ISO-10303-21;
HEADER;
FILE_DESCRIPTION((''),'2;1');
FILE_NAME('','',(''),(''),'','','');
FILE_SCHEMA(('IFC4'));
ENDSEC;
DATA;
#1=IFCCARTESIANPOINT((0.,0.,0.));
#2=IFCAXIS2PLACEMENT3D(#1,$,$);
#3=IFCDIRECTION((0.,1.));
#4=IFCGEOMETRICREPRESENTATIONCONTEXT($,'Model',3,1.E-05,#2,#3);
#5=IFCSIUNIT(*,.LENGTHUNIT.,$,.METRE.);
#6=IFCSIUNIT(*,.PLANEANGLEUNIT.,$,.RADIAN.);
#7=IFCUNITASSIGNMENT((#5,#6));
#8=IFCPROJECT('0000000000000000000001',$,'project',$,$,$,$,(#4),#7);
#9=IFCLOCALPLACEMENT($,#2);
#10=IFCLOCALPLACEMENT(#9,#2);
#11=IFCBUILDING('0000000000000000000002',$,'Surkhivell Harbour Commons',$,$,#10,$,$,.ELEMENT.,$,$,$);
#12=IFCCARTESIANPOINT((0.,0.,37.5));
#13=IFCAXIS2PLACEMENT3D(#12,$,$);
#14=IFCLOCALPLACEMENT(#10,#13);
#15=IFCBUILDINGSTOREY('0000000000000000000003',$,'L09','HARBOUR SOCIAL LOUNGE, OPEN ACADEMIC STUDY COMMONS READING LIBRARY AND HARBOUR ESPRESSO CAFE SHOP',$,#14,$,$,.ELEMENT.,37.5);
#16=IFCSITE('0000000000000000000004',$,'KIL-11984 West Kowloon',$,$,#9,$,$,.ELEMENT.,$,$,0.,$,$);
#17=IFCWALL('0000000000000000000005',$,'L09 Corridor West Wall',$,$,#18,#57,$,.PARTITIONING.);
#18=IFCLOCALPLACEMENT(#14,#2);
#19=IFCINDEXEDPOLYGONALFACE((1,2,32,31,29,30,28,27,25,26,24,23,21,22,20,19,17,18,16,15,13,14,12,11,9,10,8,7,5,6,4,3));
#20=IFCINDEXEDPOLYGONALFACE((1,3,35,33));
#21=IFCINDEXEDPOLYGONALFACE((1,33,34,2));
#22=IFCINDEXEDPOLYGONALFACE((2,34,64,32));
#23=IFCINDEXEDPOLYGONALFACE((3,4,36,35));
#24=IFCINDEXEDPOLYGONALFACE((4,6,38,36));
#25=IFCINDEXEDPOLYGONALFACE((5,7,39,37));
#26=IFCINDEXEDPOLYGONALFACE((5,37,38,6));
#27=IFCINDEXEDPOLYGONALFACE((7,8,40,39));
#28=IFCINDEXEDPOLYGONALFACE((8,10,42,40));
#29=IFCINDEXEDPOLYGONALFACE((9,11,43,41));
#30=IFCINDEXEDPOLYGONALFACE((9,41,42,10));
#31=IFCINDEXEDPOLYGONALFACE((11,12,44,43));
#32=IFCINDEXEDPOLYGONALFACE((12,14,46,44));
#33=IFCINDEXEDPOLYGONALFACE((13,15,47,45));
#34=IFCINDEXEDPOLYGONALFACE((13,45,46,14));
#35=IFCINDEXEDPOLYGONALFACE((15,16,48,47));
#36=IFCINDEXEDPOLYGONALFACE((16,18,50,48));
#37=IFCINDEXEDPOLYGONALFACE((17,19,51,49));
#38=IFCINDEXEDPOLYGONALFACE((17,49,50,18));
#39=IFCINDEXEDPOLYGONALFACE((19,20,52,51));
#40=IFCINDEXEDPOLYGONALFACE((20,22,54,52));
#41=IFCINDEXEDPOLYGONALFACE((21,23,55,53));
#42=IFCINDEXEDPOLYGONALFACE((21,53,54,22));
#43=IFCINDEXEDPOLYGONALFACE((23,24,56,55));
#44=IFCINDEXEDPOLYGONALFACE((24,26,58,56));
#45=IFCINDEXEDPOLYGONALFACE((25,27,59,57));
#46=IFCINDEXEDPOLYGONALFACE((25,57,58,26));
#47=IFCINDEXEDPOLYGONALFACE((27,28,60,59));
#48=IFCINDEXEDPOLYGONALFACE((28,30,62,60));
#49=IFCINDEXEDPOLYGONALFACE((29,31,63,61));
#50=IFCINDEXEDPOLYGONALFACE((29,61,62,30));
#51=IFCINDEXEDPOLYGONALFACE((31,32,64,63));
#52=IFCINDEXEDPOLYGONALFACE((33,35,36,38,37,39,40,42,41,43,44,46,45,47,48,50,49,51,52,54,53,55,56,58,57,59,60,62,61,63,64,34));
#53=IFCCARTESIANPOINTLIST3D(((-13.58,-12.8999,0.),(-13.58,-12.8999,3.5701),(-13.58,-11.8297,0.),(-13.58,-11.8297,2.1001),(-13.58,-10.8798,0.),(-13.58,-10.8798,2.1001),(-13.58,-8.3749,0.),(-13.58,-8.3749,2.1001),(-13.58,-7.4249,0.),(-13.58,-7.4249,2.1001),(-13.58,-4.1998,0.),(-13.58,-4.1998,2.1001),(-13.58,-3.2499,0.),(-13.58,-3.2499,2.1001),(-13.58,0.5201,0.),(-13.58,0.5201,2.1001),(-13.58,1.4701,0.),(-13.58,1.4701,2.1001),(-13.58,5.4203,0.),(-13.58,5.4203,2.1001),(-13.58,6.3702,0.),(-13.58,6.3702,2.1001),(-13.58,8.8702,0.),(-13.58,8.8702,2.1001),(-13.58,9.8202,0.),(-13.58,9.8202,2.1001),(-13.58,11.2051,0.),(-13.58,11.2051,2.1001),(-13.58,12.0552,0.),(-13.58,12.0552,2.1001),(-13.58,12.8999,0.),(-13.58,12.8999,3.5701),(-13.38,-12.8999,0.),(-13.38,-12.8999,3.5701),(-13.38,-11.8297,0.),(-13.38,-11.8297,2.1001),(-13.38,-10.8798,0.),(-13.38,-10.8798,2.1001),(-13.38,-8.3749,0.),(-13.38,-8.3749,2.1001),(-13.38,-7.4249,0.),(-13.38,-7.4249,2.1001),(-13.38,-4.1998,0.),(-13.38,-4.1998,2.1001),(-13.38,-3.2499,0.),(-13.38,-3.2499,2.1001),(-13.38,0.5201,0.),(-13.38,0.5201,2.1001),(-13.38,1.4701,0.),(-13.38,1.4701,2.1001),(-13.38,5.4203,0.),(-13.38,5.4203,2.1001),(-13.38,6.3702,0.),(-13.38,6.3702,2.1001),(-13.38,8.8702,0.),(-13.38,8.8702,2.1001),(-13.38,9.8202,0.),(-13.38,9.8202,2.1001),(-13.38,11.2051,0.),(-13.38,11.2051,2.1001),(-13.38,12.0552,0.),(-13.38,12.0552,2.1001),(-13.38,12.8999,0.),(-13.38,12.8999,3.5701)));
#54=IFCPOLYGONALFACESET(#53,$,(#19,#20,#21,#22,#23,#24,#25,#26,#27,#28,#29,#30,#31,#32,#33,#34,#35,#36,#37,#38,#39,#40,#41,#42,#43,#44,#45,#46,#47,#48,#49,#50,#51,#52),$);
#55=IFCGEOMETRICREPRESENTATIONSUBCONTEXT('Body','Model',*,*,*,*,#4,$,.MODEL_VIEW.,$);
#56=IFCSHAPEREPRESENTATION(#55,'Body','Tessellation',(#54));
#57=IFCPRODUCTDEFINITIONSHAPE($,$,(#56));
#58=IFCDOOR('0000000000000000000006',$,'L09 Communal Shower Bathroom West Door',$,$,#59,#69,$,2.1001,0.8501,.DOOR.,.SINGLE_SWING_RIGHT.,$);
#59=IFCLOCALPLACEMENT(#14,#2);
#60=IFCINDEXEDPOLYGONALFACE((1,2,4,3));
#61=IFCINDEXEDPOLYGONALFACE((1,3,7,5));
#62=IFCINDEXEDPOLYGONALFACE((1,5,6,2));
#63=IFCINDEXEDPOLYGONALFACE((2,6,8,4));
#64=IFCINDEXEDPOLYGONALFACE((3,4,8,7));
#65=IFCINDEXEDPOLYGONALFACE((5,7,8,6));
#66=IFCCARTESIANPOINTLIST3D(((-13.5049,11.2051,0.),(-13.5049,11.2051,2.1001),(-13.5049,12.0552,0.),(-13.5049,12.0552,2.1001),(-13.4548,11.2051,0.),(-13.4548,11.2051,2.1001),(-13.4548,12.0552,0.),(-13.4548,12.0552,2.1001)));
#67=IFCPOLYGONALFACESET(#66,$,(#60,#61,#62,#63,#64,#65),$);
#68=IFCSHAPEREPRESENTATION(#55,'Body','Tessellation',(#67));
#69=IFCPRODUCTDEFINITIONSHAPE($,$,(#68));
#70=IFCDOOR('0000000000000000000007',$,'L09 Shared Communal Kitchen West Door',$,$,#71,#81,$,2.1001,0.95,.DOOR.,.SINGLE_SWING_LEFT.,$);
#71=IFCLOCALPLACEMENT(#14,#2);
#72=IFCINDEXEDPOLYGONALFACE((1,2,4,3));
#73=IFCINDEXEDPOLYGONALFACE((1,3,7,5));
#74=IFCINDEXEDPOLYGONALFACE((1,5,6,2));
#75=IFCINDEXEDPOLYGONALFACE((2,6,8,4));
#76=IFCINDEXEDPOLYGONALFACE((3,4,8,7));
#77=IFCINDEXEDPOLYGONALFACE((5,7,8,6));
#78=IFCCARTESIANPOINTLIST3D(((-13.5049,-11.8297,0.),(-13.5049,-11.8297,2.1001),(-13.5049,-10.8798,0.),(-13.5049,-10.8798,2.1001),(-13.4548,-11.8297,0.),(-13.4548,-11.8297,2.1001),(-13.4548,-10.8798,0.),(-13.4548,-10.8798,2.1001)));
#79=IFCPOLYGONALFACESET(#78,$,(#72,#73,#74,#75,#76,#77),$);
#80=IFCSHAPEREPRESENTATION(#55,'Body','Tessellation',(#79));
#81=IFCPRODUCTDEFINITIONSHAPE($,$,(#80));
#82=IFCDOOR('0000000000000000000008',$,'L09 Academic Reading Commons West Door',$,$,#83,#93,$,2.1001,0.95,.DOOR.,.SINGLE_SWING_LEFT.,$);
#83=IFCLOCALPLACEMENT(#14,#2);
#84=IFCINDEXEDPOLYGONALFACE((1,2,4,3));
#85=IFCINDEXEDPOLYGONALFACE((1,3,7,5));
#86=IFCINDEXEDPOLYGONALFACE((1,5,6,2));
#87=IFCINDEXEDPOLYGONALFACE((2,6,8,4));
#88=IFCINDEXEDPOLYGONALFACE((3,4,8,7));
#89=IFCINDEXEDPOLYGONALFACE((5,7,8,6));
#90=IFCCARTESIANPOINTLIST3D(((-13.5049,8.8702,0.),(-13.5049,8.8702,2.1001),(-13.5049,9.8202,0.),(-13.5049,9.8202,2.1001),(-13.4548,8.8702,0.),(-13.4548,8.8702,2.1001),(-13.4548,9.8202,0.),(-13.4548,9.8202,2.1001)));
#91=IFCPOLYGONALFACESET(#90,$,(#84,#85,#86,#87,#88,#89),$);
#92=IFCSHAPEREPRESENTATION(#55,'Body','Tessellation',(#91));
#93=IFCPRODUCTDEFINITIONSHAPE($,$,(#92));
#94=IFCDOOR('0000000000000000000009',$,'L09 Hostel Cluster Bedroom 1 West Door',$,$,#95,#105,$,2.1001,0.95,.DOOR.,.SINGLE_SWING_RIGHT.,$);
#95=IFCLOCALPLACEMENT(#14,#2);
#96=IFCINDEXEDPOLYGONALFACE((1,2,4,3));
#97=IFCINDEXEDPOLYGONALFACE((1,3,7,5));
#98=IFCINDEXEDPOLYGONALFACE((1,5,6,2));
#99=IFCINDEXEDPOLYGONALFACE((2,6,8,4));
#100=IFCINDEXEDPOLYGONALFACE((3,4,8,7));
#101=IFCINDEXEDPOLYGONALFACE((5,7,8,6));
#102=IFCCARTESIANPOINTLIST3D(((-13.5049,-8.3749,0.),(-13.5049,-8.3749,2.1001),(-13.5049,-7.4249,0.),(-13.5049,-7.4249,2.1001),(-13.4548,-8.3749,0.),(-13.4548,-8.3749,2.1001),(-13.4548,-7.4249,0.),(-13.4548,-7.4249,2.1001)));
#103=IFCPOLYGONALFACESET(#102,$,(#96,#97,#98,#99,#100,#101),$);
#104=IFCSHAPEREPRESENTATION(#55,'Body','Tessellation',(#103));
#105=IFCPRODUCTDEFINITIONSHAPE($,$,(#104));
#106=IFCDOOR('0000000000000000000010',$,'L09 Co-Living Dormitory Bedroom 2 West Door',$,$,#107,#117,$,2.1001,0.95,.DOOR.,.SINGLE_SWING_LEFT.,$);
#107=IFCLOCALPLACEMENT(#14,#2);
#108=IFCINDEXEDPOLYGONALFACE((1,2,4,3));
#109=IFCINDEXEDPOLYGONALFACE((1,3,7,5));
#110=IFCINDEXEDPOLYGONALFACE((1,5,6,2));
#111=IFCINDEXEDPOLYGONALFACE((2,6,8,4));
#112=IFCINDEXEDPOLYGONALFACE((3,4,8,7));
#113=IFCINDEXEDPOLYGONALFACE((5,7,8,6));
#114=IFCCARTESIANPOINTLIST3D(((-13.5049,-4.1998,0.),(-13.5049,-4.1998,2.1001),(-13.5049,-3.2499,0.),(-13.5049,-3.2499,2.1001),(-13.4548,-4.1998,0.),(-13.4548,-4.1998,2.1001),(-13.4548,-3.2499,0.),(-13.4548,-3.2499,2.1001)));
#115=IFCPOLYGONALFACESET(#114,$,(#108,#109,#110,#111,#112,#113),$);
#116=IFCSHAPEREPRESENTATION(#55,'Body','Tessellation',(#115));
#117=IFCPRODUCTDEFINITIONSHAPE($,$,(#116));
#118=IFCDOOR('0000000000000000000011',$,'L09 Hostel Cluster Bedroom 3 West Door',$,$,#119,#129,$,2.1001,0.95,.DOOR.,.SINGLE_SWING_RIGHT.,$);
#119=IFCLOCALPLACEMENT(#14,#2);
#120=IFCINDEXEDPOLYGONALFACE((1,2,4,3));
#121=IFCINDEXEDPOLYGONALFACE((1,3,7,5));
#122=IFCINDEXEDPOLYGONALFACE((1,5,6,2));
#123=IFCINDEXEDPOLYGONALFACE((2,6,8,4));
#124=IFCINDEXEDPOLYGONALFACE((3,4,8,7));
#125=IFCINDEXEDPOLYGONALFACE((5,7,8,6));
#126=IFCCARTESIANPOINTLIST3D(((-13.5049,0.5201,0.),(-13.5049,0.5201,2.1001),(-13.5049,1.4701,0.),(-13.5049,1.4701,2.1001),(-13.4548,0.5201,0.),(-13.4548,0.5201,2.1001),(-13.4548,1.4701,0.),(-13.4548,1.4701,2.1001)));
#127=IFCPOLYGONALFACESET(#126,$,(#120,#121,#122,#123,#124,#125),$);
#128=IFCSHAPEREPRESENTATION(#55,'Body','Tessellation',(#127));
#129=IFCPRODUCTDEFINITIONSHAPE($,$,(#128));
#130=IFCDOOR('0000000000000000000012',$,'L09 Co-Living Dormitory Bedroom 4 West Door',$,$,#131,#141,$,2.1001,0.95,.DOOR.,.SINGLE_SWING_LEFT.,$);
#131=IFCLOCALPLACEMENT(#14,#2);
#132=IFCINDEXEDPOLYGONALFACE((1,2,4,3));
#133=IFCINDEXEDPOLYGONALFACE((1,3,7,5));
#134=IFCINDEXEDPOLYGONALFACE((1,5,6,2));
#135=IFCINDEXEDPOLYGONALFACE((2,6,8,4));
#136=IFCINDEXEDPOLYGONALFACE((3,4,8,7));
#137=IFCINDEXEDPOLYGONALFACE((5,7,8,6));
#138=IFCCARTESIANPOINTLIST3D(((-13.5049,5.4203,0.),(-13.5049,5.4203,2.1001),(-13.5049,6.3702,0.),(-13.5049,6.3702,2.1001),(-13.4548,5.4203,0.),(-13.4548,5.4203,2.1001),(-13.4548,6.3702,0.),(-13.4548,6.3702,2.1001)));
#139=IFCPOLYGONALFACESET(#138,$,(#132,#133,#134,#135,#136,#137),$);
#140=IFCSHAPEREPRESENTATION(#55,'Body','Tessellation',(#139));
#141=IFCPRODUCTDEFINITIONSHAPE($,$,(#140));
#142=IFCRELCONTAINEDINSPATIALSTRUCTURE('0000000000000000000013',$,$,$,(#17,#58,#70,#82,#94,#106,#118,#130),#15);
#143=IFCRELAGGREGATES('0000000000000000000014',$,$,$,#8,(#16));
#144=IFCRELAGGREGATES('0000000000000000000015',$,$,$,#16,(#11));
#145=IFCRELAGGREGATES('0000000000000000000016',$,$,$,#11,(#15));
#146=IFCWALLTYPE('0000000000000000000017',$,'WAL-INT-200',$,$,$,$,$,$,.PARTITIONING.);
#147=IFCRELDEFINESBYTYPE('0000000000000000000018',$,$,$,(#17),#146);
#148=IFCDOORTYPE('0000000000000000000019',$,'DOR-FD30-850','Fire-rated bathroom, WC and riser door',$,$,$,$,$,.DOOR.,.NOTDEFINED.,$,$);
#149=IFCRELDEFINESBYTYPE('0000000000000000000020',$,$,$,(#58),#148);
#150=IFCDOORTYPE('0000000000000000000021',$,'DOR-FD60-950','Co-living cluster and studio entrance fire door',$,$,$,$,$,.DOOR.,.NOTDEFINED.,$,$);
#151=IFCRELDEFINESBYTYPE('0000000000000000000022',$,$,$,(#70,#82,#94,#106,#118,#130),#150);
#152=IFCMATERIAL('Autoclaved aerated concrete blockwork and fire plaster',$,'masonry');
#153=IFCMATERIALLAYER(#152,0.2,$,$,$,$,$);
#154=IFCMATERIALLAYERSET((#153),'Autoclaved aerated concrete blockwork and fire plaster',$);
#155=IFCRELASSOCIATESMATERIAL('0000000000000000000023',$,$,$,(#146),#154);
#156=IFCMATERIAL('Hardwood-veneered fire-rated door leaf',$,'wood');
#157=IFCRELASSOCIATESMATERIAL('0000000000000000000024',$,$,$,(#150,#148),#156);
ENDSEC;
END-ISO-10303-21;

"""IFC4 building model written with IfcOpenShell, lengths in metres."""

from ifc_helpers import new_model, si_unit, direction, frame, frame_2d, origin, place, context, subcontext, project, spatial, rectangle, extrude, material, layer, layer_set, type_object, element, fill, save


model = new_model("IFC4")

# Units and contexts
model_context = context("Model", 3, precision=1e-05, world=origin(), true_north=direction((0.0, 1.0)))
body_context = subcontext(model_context, "Body", "Model", "MODEL_VIEW")
ifc_project = project(units=[si_unit("LENGTHUNIT", "METRE"), si_unit("PLANEANGLEUNIT", "RADIAN")], contexts=[model_context])

# Site, building, storey
site_placement = place(None, origin())
site = spatial("IfcSite", under=ifc_project, at=site_placement, Name="KIL-11984 West Kowloon", CompositionType="ELEMENT", RefElevation=0.0)
building_placement = place(site_placement, origin())
building = spatial("IfcBuilding", under=site, at=building_placement, Name="Surkhivell Harbour Commons", CompositionType="ELEMENT")
storey_placement = place(building_placement, frame((0.0, 0.0, 37.5)))
storey = spatial("IfcBuildingStorey", under=building, at=storey_placement, Name="L09", Description="HARBOUR SOCIAL LOUNGE, OPEN ACADEMIC STUDY COMMONS READING LIBRARY AND HARBOUR ESPRESSO CAFE SHOP", CompositionType="ELEMENT", Elevation=37.5)

# Shared definitions
ifc_material_1 = material(Name="Autoclaved aerated concrete blockwork and fire plaster", Category="masonry")
ifc_layer_1 = layer(ifc_material_1, 0.2)
ifc_layer_set_1 = layer_set([ifc_layer_1], Name="Autoclaved aerated concrete blockwork and fire plaster")
wall_type_1 = type_object("IfcWallType", Name="WAL-INT-200", PredefinedType="PARTITIONING", material=ifc_layer_set_1)
ifc_material_2 = material(Name="Hardwood-veneered fire-rated door leaf", Category="wood")
door_type_1 = type_object("IfcDoorType", Name="DOR-FD60-950", Description="Co-living cluster and studio entrance fire door", OperationType="NOTDEFINED", PredefinedType="DOOR", material=ifc_material_2)

# Wall, openings, doors
wall_1_placement = place(storey_placement, frame((-13.48, -12.8999, 0.0), z_axis=(0.0, 0.0, 1.0), x_axis=(0.0, 1.0, 0.0)))
wall_1 = element("IfcWall", 1, at=wall_1_placement, inside=storey, type_object=wall_type_1, Name="L09 Corridor West Wall", PredefinedType="PARTITIONING", context=body_context, shape_type="SweptSolid", body=[
    extrude(rectangle(XDim=25.7998, YDim=0.2, at=frame_2d((12.8999, 0.0))), origin(), (0.0, 0.0, 1.0), 3.5701),
])
opening_1_placement = place(wall_1_placement, frame((1.0701, 0.0, 0.0)))
opening_1 = element("IfcOpeningElement", 2, at=opening_1_placement, cuts=wall_1, PredefinedType="OPENING", context=body_context, shape_type="SweptSolid", body=[
    extrude(rectangle(XDim=0.95, YDim=2.1001, at=frame_2d((0.4751, 1.05))), frame((0.0, 0.1099, 0.0), z_axis=(0.0, -1.0, 0.0), x_axis=(1.0, 0.0, 0.0)), (0.0, 0.0, 1.0), 0.22),
])
opening_2_placement = place(wall_1_placement, frame((24.105, 0.0, 0.0)))
opening_2 = element("IfcOpeningElement", 3, at=opening_2_placement, cuts=wall_1, PredefinedType="OPENING", context=body_context, shape_type="SweptSolid", body=[
    extrude(rectangle(XDim=0.8501, YDim=2.1001, at=frame_2d((0.425, 1.05))), frame((0.0, 0.1099, 0.0), z_axis=(0.0, -1.0, 0.0), x_axis=(1.0, 0.0, 0.0)), (0.0, 0.0, 1.0), 0.22),
])
opening_3_placement = place(wall_1_placement, frame((21.77, 0.0, 0.0)))
opening_3 = element("IfcOpeningElement", 4, at=opening_3_placement, cuts=wall_1, PredefinedType="OPENING", context=body_context, shape_type="SweptSolid", body=[
    extrude(rectangle(XDim=0.95, YDim=2.1001, at=frame_2d((0.4751, 1.05))), frame((0.0, 0.1099, 0.0), z_axis=(0.0, -1.0, 0.0), x_axis=(1.0, 0.0, 0.0)), (0.0, 0.0, 1.0), 0.22),
])
opening_4_placement = place(wall_1_placement, frame((4.5249, 0.0, 0.0)))
opening_4 = element("IfcOpeningElement", 5, at=opening_4_placement, cuts=wall_1, PredefinedType="OPENING", context=body_context, shape_type="SweptSolid", body=[
    extrude(rectangle(XDim=0.95, YDim=2.1001, at=frame_2d((0.4751, 1.05))), frame((0.0, 0.1099, 0.0), z_axis=(0.0, -1.0, 0.0), x_axis=(1.0, 0.0, 0.0)), (0.0, 0.0, 1.0), 0.22),
])
opening_5_placement = place(wall_1_placement, frame((8.7, 0.0, 0.0)))
opening_5 = element("IfcOpeningElement", 6, at=opening_5_placement, cuts=wall_1, PredefinedType="OPENING", context=body_context, shape_type="SweptSolid", body=[
    extrude(rectangle(XDim=0.95, YDim=2.1001, at=frame_2d((0.4751, 1.05))), frame((0.0, 0.1099, 0.0), z_axis=(0.0, -1.0, 0.0), x_axis=(1.0, 0.0, 0.0)), (0.0, 0.0, 1.0), 0.22),
])
opening_6_placement = place(wall_1_placement, frame((13.4199, 0.0, 0.0)))
opening_6 = element("IfcOpeningElement", 7, at=opening_6_placement, cuts=wall_1, PredefinedType="OPENING", context=body_context, shape_type="SweptSolid", body=[
    extrude(rectangle(XDim=0.95, YDim=2.1001, at=frame_2d((0.4751, 1.05))), frame((0.0, 0.1099, 0.0), z_axis=(0.0, -1.0, 0.0), x_axis=(1.0, 0.0, 0.0)), (0.0, 0.0, 1.0), 0.22),
])
opening_7_placement = place(wall_1_placement, frame((18.3201, 0.0, 0.0)))
opening_7 = element("IfcOpeningElement", 8, at=opening_7_placement, cuts=wall_1, PredefinedType="OPENING", context=body_context, shape_type="SweptSolid", body=[
    extrude(rectangle(XDim=0.95, YDim=2.1001, at=frame_2d((0.4751, 1.05))), frame((0.0, 0.1099, 0.0), z_axis=(0.0, -1.0, 0.0), x_axis=(1.0, 0.0, 0.0)), (0.0, 0.0, 1.0), 0.22),
])
door_type_2 = type_object("IfcDoorType", Name="DOR-FD30-850", Description="Fire-rated bathroom, WC and riser door", OperationType="NOTDEFINED", PredefinedType="DOOR", material=ifc_material_2)
door_1_placement = place(opening_2_placement, origin())
door_1 = element("IfcDoor", 9, at=door_1_placement, inside=storey, type_object=door_type_2, Name="L09 Communal Shower Bathroom West Door", OperationType="SINGLE_SWING_RIGHT", OverallHeight=2.1001, OverallWidth=0.8501, PredefinedType="DOOR", context=body_context, shape_type="SweptSolid", body=[
    extrude(rectangle(XDim=0.8501, YDim=2.1001, at=frame_2d((0.425, 1.05))), frame((0.0, 0.0249, 0.0), z_axis=(0.0, -1.0, 0.0), x_axis=(1.0, 0.0, 0.0)), (0.0, 0.0, 1.0), 0.05),
])
fill(opening_2, door_1)
door_2_placement = place(opening_1_placement, origin())
door_2 = element("IfcDoor", 10, at=door_2_placement, inside=storey, type_object=door_type_1, Name="L09 Shared Communal Kitchen West Door", OperationType="SINGLE_SWING_LEFT", OverallHeight=2.1001, OverallWidth=0.95, PredefinedType="DOOR", context=body_context, shape_type="SweptSolid", body=[
    extrude(rectangle(XDim=0.95, YDim=2.1001, at=frame_2d((0.4751, 1.05))), frame((0.0, 0.0249, 0.0), z_axis=(0.0, -1.0, 0.0), x_axis=(1.0, 0.0, 0.0)), (0.0, 0.0, 1.0), 0.05),
])
fill(opening_1, door_2)
door_3_placement = place(opening_3_placement, origin())
door_3 = element("IfcDoor", 11, at=door_3_placement, inside=storey, type_object=door_type_1, Name="L09 Academic Reading Commons West Door", OperationType="SINGLE_SWING_LEFT", OverallHeight=2.1001, OverallWidth=0.95, PredefinedType="DOOR", context=body_context, shape_type="SweptSolid", body=[
    extrude(rectangle(XDim=0.95, YDim=2.1001, at=frame_2d((0.4751, 1.05))), frame((0.0, 0.0249, 0.0), z_axis=(0.0, -1.0, 0.0), x_axis=(1.0, 0.0, 0.0)), (0.0, 0.0, 1.0), 0.05),
])
fill(opening_3, door_3)
door_4_placement = place(opening_4_placement, origin())
door_4 = element("IfcDoor", 12, at=door_4_placement, inside=storey, type_object=door_type_1, Name="L09 Hostel Cluster Bedroom 1 West Door", OperationType="SINGLE_SWING_RIGHT", OverallHeight=2.1001, OverallWidth=0.95, PredefinedType="DOOR", context=body_context, shape_type="SweptSolid", body=[
    extrude(rectangle(XDim=0.95, YDim=2.1001, at=frame_2d((0.4751, 1.05))), frame((0.0, 0.0249, 0.0), z_axis=(0.0, -1.0, 0.0), x_axis=(1.0, 0.0, 0.0)), (0.0, 0.0, 1.0), 0.05),
])
fill(opening_4, door_4)
door_5_placement = place(opening_5_placement, origin())
door_5 = element("IfcDoor", 13, at=door_5_placement, inside=storey, type_object=door_type_1, Name="L09 Co-Living Dormitory Bedroom 2 West Door", OperationType="SINGLE_SWING_LEFT", OverallHeight=2.1001, OverallWidth=0.95, PredefinedType="DOOR", context=body_context, shape_type="SweptSolid", body=[
    extrude(rectangle(XDim=0.95, YDim=2.1001, at=frame_2d((0.4751, 1.05))), frame((0.0, 0.0249, 0.0), z_axis=(0.0, -1.0, 0.0), x_axis=(1.0, 0.0, 0.0)), (0.0, 0.0, 1.0), 0.05),
])
fill(opening_5, door_5)
door_6_placement = place(opening_6_placement, origin())
door_6 = element("IfcDoor", 14, at=door_6_placement, inside=storey, type_object=door_type_1, Name="L09 Hostel Cluster Bedroom 3 West Door", OperationType="SINGLE_SWING_RIGHT", OverallHeight=2.1001, OverallWidth=0.95, PredefinedType="DOOR", context=body_context, shape_type="SweptSolid", body=[
    extrude(rectangle(XDim=0.95, YDim=2.1001, at=frame_2d((0.4751, 1.05))), frame((0.0, 0.0249, 0.0), z_axis=(0.0, -1.0, 0.0), x_axis=(1.0, 0.0, 0.0)), (0.0, 0.0, 1.0), 0.05),
])
fill(opening_6, door_6)
door_7_placement = place(opening_7_placement, origin())
door_7 = element("IfcDoor", 15, at=door_7_placement, inside=storey, type_object=door_type_1, Name="L09 Co-Living Dormitory Bedroom 4 West Door", OperationType="SINGLE_SWING_LEFT", OverallHeight=2.1001, OverallWidth=0.95, PredefinedType="DOOR", context=body_context, shape_type="SweptSolid", body=[
    extrude(rectangle(XDim=0.95, YDim=2.1001, at=frame_2d((0.4751, 1.05))), frame((0.0, 0.0249, 0.0), z_axis=(0.0, -1.0, 0.0), x_axis=(1.0, 0.0, 0.0)), (0.0, 0.0, 1.0), 0.05),
])
fill(opening_7, door_7)

save(model, "model.ifc")
